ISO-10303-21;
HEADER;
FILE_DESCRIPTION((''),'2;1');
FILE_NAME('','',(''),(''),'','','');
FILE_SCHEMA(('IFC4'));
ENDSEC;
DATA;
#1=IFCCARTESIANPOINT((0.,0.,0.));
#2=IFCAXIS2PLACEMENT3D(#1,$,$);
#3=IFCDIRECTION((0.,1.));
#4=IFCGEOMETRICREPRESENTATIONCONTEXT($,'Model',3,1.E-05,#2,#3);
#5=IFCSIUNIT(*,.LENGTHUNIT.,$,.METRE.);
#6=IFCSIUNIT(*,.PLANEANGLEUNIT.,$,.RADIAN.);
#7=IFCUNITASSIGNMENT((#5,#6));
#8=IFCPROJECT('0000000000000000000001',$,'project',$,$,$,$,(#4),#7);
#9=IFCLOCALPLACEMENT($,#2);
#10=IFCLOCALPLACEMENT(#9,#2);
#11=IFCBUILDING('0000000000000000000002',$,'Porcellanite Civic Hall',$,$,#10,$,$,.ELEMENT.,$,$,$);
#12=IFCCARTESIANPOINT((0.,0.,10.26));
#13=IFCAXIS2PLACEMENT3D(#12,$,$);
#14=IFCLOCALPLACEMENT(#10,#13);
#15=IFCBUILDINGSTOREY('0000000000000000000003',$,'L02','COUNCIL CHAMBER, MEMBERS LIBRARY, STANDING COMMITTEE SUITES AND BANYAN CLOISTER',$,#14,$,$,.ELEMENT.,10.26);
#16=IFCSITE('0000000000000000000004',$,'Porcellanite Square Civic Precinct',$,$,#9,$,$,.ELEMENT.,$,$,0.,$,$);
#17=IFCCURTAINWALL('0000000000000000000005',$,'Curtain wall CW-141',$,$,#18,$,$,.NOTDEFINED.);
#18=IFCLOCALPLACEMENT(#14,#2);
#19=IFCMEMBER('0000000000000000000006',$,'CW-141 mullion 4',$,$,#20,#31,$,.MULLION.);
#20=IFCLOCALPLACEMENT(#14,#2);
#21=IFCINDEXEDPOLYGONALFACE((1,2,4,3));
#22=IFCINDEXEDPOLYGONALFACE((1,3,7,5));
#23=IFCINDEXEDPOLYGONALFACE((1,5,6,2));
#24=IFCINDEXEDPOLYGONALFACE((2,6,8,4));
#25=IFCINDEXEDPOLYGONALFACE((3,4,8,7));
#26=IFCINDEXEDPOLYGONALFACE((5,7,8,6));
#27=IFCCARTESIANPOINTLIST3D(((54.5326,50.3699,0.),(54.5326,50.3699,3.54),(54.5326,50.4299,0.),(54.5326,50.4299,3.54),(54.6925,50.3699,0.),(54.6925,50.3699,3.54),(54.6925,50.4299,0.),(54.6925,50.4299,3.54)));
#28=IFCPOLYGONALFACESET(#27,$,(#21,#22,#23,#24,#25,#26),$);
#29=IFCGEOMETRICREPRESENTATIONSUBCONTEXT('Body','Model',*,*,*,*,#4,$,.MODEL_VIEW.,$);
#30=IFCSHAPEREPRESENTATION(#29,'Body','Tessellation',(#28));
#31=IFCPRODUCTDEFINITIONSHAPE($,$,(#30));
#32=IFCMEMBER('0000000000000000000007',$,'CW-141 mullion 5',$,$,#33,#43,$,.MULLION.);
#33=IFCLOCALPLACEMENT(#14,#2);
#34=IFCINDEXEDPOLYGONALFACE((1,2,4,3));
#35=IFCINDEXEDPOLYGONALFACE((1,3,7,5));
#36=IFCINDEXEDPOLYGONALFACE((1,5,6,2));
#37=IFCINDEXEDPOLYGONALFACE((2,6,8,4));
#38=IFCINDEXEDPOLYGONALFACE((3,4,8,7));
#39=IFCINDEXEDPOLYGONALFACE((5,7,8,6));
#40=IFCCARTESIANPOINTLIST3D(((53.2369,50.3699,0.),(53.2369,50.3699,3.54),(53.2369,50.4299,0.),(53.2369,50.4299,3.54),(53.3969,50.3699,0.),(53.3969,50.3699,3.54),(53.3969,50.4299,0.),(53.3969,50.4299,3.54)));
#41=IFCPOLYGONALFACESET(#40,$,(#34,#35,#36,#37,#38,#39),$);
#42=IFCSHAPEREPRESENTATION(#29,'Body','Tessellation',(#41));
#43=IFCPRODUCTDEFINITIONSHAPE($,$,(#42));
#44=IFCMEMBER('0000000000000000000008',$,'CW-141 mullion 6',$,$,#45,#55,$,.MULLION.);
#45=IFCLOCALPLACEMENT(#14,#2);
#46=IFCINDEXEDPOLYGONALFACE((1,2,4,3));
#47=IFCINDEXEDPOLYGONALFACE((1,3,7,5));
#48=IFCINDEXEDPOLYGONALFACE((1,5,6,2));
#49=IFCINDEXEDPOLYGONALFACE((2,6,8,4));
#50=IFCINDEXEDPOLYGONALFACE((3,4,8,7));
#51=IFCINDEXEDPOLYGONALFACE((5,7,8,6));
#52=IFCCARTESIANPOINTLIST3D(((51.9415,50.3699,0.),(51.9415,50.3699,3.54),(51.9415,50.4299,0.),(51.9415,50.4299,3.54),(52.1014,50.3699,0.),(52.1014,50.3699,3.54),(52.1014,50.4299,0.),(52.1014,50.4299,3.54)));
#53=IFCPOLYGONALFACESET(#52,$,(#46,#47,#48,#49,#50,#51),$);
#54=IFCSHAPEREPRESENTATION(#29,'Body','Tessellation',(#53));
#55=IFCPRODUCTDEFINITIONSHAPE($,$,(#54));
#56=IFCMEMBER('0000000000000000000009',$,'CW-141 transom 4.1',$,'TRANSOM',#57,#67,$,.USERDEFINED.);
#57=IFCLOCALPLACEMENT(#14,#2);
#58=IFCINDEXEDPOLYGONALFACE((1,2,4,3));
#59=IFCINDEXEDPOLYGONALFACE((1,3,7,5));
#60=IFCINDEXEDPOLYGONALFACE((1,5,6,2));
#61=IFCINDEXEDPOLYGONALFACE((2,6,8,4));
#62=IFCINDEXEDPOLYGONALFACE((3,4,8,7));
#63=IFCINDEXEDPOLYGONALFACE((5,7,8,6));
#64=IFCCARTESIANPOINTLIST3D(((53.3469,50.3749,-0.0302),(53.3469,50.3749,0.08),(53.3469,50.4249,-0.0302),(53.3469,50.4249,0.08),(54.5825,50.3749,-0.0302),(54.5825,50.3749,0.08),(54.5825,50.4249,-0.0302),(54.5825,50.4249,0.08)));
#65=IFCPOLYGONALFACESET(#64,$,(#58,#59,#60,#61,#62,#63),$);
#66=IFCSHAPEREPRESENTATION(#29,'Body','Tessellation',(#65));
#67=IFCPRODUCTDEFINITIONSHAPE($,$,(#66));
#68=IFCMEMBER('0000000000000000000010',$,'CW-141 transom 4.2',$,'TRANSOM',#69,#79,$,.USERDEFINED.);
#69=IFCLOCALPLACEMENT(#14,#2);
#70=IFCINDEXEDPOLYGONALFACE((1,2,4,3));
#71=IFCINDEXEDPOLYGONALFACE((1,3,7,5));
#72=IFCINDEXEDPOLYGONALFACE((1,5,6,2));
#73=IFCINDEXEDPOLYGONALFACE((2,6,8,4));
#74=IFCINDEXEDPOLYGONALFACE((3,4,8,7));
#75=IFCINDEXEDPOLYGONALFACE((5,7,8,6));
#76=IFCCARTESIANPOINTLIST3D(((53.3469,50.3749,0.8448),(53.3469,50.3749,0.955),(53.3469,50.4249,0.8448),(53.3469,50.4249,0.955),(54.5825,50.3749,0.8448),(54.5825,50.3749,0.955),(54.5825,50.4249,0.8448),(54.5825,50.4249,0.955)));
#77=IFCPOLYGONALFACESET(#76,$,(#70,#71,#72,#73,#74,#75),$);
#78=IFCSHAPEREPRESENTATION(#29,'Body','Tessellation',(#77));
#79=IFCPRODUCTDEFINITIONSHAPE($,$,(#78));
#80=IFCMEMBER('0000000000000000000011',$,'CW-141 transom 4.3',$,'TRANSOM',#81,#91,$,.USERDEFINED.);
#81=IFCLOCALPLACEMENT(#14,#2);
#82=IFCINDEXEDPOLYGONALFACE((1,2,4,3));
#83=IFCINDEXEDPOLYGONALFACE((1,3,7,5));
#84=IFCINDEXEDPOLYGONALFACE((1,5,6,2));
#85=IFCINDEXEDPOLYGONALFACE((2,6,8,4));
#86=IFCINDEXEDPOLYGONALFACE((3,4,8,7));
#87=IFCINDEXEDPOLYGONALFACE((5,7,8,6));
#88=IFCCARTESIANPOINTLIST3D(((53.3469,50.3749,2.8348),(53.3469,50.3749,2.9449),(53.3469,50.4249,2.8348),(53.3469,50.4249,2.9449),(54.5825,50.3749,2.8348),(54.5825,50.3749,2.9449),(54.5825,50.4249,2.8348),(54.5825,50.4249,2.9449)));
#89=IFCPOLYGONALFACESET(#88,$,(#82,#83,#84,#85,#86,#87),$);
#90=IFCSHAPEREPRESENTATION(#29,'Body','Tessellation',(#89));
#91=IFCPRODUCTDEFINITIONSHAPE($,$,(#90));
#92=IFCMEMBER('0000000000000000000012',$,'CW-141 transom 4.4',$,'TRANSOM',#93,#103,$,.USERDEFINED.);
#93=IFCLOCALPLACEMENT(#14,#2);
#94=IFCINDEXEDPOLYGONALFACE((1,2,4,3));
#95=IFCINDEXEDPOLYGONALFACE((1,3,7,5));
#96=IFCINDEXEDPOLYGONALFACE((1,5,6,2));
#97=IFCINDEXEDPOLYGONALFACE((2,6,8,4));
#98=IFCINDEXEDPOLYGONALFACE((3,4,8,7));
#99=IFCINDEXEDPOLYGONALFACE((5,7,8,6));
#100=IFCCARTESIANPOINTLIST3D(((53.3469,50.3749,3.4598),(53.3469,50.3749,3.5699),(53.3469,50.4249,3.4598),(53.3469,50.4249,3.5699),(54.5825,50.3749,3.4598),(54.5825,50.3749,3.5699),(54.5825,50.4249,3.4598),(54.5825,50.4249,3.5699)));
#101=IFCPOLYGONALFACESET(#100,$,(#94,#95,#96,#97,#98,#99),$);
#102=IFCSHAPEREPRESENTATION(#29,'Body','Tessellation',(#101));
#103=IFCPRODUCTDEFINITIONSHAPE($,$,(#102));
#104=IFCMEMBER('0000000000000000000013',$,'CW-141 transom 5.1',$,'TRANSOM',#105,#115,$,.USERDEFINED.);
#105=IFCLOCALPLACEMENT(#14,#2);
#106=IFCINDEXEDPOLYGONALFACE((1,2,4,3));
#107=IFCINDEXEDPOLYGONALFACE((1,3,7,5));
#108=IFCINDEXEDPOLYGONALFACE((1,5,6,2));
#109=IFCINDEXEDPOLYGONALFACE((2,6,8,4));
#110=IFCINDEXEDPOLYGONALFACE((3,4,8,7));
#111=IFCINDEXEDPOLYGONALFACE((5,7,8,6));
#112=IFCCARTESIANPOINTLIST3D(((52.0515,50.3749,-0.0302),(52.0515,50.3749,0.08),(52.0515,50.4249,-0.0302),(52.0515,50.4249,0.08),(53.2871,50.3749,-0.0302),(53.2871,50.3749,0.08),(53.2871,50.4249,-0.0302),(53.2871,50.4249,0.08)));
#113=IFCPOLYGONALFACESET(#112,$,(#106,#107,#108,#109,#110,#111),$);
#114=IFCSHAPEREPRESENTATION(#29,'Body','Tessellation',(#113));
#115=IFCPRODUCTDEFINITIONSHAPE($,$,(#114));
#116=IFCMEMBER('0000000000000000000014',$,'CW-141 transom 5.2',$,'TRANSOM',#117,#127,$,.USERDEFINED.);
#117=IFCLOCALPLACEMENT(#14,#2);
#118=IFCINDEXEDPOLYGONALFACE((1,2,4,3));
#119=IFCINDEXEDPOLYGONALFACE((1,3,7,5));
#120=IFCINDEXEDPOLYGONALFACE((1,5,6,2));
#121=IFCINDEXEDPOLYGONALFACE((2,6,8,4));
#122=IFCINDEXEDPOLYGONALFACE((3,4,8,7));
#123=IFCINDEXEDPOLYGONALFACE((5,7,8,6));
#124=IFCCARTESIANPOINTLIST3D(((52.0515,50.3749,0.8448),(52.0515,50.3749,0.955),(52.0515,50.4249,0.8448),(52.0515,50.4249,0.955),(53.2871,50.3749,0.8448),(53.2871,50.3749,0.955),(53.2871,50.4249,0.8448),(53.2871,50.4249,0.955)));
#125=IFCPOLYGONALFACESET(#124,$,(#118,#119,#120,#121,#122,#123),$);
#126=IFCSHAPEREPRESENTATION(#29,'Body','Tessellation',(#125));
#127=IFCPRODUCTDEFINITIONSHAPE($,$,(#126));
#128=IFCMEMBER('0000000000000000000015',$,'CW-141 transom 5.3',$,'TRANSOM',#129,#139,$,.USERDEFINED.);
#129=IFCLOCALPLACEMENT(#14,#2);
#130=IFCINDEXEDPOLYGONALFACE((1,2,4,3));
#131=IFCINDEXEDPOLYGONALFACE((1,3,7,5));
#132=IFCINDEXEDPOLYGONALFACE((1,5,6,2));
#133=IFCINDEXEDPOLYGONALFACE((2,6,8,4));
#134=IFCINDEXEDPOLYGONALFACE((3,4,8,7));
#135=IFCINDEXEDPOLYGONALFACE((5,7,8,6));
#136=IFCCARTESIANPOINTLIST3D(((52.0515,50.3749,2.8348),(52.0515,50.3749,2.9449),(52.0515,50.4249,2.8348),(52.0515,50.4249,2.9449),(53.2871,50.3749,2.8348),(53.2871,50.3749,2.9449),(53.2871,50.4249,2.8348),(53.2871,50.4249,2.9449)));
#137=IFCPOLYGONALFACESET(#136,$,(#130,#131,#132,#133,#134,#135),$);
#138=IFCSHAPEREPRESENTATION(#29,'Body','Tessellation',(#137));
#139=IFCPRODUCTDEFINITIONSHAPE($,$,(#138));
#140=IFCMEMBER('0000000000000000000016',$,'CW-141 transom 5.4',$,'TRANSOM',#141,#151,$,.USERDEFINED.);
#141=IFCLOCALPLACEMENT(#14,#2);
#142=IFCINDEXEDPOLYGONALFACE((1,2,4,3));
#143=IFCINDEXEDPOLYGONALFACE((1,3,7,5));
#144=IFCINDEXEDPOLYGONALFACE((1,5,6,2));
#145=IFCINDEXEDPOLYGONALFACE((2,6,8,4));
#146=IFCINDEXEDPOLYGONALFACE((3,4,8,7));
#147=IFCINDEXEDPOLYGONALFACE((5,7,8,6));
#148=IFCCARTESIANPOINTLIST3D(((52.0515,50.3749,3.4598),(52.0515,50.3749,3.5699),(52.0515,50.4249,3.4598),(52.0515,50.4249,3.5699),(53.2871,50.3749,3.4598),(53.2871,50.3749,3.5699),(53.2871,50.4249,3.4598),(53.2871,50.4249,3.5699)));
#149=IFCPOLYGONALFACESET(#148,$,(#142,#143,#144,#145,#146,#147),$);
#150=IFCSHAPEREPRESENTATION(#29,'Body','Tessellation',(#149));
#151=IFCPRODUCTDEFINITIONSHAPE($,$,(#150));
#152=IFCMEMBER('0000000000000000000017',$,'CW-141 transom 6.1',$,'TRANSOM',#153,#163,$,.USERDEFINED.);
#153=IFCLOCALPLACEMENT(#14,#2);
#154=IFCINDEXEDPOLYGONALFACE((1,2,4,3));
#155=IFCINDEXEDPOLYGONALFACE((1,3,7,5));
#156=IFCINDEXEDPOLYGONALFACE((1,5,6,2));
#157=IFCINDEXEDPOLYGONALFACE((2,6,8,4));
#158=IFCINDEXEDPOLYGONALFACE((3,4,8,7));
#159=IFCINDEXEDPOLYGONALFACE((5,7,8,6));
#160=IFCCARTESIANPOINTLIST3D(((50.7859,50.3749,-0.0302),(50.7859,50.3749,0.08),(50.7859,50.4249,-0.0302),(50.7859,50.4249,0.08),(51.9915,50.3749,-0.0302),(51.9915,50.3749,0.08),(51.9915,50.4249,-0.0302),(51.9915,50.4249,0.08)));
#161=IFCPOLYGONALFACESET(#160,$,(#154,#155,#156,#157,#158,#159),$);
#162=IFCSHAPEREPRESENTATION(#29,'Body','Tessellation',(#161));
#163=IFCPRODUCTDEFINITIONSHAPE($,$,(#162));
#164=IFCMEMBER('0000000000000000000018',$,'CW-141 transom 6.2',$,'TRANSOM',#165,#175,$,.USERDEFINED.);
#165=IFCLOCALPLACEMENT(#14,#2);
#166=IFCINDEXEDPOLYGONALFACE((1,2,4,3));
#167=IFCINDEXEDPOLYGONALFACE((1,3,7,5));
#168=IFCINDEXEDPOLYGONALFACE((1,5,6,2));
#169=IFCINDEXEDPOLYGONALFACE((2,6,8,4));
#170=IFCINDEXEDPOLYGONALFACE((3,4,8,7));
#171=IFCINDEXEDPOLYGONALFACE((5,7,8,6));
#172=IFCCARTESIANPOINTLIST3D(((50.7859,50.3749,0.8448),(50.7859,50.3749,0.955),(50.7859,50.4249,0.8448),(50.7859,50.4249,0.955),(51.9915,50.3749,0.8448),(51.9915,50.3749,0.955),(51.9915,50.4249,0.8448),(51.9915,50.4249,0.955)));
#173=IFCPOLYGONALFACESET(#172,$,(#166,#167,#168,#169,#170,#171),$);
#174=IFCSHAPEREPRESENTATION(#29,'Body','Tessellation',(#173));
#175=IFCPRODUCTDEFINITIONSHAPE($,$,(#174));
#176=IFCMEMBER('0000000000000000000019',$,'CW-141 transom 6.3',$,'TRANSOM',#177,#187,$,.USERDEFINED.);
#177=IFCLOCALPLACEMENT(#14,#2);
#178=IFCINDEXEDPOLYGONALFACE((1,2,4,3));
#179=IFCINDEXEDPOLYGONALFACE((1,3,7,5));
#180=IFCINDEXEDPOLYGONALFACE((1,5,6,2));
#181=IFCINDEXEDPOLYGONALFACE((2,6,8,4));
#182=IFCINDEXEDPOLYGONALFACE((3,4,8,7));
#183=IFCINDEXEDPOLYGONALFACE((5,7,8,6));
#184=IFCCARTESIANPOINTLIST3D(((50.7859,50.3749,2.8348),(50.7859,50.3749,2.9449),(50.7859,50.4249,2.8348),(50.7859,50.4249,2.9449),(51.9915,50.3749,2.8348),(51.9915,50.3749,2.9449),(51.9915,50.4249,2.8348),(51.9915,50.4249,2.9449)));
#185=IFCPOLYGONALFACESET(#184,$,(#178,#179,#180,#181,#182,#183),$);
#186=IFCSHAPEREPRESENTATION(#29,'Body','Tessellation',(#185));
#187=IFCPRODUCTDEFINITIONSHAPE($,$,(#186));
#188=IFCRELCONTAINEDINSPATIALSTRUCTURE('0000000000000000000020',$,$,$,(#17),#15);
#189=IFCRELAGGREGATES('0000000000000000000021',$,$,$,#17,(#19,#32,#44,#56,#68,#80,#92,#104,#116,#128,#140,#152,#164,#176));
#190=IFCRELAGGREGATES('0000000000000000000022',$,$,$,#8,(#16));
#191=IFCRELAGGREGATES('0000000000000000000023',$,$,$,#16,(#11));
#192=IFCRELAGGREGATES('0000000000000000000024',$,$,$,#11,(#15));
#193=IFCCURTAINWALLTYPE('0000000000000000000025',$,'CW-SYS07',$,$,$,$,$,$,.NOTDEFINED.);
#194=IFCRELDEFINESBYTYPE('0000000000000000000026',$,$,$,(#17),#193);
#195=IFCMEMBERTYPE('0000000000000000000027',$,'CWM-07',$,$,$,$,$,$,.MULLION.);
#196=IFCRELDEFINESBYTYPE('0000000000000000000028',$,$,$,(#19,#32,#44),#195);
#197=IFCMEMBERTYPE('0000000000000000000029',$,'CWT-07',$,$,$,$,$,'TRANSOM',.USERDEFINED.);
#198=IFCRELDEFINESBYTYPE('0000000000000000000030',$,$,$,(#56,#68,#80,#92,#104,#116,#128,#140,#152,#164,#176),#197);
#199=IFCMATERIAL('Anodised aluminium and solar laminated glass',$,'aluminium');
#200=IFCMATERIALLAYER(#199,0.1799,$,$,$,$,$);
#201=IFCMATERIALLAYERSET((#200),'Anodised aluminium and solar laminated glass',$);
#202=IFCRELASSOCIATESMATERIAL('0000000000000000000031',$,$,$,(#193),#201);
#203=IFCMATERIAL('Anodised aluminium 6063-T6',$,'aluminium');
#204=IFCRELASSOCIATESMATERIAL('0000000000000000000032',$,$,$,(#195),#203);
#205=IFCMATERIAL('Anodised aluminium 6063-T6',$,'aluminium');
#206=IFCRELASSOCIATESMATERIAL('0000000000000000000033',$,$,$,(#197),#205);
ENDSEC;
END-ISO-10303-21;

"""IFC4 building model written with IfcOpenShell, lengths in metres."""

from ifc_helpers import new_model, si_unit, direction, frame, origin, origin_2d, place, context, subcontext, project, spatial, rectangle, extrude, material, layer, layer_set, material_profile, profile_set, type_object, element, aggregate, save


model = new_model("IFC4")

# Units and contexts
model_context = context("Model", 3, precision=1e-05, world=origin(), true_north=direction((0.0, 1.0)))
body_context = subcontext(model_context, "Body", "Model", "MODEL_VIEW")
ifc_project = project(units=[si_unit("LENGTHUNIT", "METRE"), si_unit("PLANEANGLEUNIT", "RADIAN")], contexts=[model_context])

# Site, building, storey
site_placement = place(None, origin())
site = spatial("IfcSite", under=ifc_project, at=site_placement, Name="Porcellanite Square Civic Precinct", CompositionType="ELEMENT", RefElevation=0.0)
building_placement = place(site_placement, origin())
building = spatial("IfcBuilding", under=site, at=building_placement, Name="Porcellanite Civic Hall", CompositionType="ELEMENT")
storey_placement = place(building_placement, frame((0.0, 0.0, 10.26)))
storey = spatial("IfcBuildingStorey", under=building, at=storey_placement, Name="L02", Description="COUNCIL CHAMBER, MEMBERS LIBRARY, STANDING COMMITTEE SUITES AND BANYAN CLOISTER", CompositionType="ELEMENT", Elevation=10.26)

# Curtain wall, members
ifc_material_1 = material(Name="Anodised aluminium and solar laminated glass", Category="aluminium")
ifc_layer_1 = layer(ifc_material_1, 0.1799)
ifc_layer_set_1 = layer_set([ifc_layer_1], Name="Anodised aluminium and solar laminated glass")
curtain_wall_type = type_object("IfcCurtainWallType", Name="CW-SYS07", PredefinedType="NOTDEFINED", material=ifc_layer_set_1)
curtain_wall_placement = place(storey_placement, origin())
curtain_wall = element("IfcCurtainWall", 1, at=curtain_wall_placement, inside=storey, type_object=curtain_wall_type, Name="Curtain wall CW-141", PredefinedType="NOTDEFINED")
ifc_material_2 = material(Name="Anodised aluminium 6063-T6", Category="aluminium")
ifc_material_profile_1 = material_profile(ifc_material_2, rectangle(XDim=0.0601, YDim=0.1599, at=origin_2d()), Name="AL-60x160")
ifc_profile_set_1 = profile_set([ifc_material_profile_1], Name="Anodised aluminium 6063-T6")
member_type_1 = type_object("IfcMemberType", Name="CWM-07", PredefinedType="MULLION", material=ifc_profile_set_1)
member_1_placement = place(storey_placement, frame((54.6125, 50.3999, 0.0), z_axis=(0.0, 0.0, 1.0), x_axis=(0.0, -1.0, 0.0)))
member_1 = element("IfcMember", 2, at=member_1_placement, type_object=member_type_1, Name="CW-141 mullion 4", PredefinedType="MULLION", context=body_context, shape_type="SweptSolid", body=[
    extrude(rectangle(XDim=0.0601, YDim=0.1599, at=origin_2d()), origin(), (0.0, 0.0, 1.0), 3.54),
])
member_2_placement = place(storey_placement, frame((53.3169, 50.3999, 0.0), z_axis=(0.0, 0.0, 1.0), x_axis=(0.0, -1.0, 0.0)))
member_2 = element("IfcMember", 3, at=member_2_placement, type_object=member_type_1, Name="CW-141 mullion 5", PredefinedType="MULLION", context=body_context, shape_type="SweptSolid", body=[
    extrude(rectangle(XDim=0.0601, YDim=0.1599, at=origin_2d()), origin(), (0.0, 0.0, 1.0), 3.54),
])
member_3_placement = place(storey_placement, frame((52.0215, 50.3999, 0.0), z_axis=(0.0, 0.0, 1.0), x_axis=(0.0, -1.0, 0.0)))
member_3 = element("IfcMember", 4, at=member_3_placement, type_object=member_type_1, Name="CW-141 mullion 6", PredefinedType="MULLION", context=body_context, shape_type="SweptSolid", body=[
    extrude(rectangle(XDim=0.0601, YDim=0.1599, at=origin_2d()), origin(), (0.0, 0.0, 1.0), 3.54),
])
ifc_material_3 = material(Name="Anodised aluminium 6063-T6", Category="aluminium")
ifc_material_profile_2 = material_profile(ifc_material_3, rectangle(XDim=0.05, YDim=0.1101, at=origin_2d()), Name="AL-50x110")
ifc_profile_set_2 = profile_set([ifc_material_profile_2], Name="Anodised aluminium 6063-T6")
member_type_2 = type_object("IfcMemberType", Name="CWT-07", ElementType="TRANSOM", PredefinedType="USERDEFINED", material=ifc_profile_set_2)
member_4_placement = place(storey_placement, frame((54.5825, 50.3999, 0.0249), z_axis=(-1.0, 0.0, 0.0), x_axis=(0.0, -1.0, 0.0)))
member_4 = element("IfcMember", 5, at=member_4_placement, type_object=member_type_2, Name="CW-141 transom 4.1", ObjectType="TRANSOM", PredefinedType="USERDEFINED", context=body_context, shape_type="SweptSolid", body=[
    extrude(rectangle(XDim=0.05, YDim=0.1101, at=origin_2d()), origin(), (0.0, 0.0, 1.0), 1.2356),
])
member_5_placement = place(storey_placement, frame((54.5825, 50.3999, 0.8999), z_axis=(-1.0, 0.0, 0.0), x_axis=(0.0, -1.0, 0.0)))
member_5 = element("IfcMember", 6, at=member_5_placement, type_object=member_type_2, Name="CW-141 transom 4.2", ObjectType="TRANSOM", PredefinedType="USERDEFINED", context=body_context, shape_type="SweptSolid", body=[
    extrude(rectangle(XDim=0.05, YDim=0.1101, at=origin_2d()), origin(), (0.0, 0.0, 1.0), 1.2356),
])
member_6_placement = place(storey_placement, frame((54.5825, 50.3999, 2.8899), z_axis=(-1.0, 0.0, 0.0), x_axis=(0.0, -1.0, 0.0)))
member_6 = element("IfcMember", 7, at=member_6_placement, type_object=member_type_2, Name="CW-141 transom 4.3", ObjectType="TRANSOM", PredefinedType="USERDEFINED", context=body_context, shape_type="SweptSolid", body=[
    extrude(rectangle(XDim=0.05, YDim=0.1101, at=origin_2d()), origin(), (0.0, 0.0, 1.0), 1.2356),
])
member_7_placement = place(storey_placement, frame((54.5825, 50.3999, 3.5149), z_axis=(-1.0, 0.0, 0.0), x_axis=(0.0, -1.0, 0.0)))
member_7 = element("IfcMember", 8, at=member_7_placement, type_object=member_type_2, Name="CW-141 transom 4.4", ObjectType="TRANSOM", PredefinedType="USERDEFINED", context=body_context, shape_type="SweptSolid", body=[
    extrude(rectangle(XDim=0.05, YDim=0.1101, at=origin_2d()), origin(), (0.0, 0.0, 1.0), 1.2356),
])
member_8_placement = place(storey_placement, frame((53.2871, 50.3999, 0.0249), z_axis=(-1.0, 0.0, 0.0), x_axis=(0.0, -1.0, 0.0)))
member_8 = element("IfcMember", 9, at=member_8_placement, type_object=member_type_2, Name="CW-141 transom 5.1", ObjectType="TRANSOM", PredefinedType="USERDEFINED", context=body_context, shape_type="SweptSolid", body=[
    extrude(rectangle(XDim=0.05, YDim=0.1101, at=origin_2d()), origin(), (0.0, 0.0, 1.0), 1.2356),
])
member_9_placement = place(storey_placement, frame((53.2871, 50.3999, 0.8999), z_axis=(-1.0, 0.0, 0.0), x_axis=(0.0, -1.0, 0.0)))
member_9 = element("IfcMember", 10, at=member_9_placement, type_object=member_type_2, Name="CW-141 transom 5.2", ObjectType="TRANSOM", PredefinedType="USERDEFINED", context=body_context, shape_type="SweptSolid", body=[
    extrude(rectangle(XDim=0.05, YDim=0.1101, at=origin_2d()), origin(), (0.0, 0.0, 1.0), 1.2356),
])
member_10_placement = place(storey_placement, frame((53.2871, 50.3999, 2.8899), z_axis=(-1.0, 0.0, 0.0), x_axis=(0.0, -1.0, 0.0)))
member_10 = element("IfcMember", 11, at=member_10_placement, type_object=member_type_2, Name="CW-141 transom 5.3", ObjectType="TRANSOM", PredefinedType="USERDEFINED", context=body_context, shape_type="SweptSolid", body=[
    extrude(rectangle(XDim=0.05, YDim=0.1101, at=origin_2d()), origin(), (0.0, 0.0, 1.0), 1.2356),
])
member_11_placement = place(storey_placement, frame((53.2871, 50.3999, 3.5149), z_axis=(-1.0, 0.0, 0.0), x_axis=(0.0, -1.0, 0.0)))
member_11 = element("IfcMember", 12, at=member_11_placement, type_object=member_type_2, Name="CW-141 transom 5.4", ObjectType="TRANSOM", PredefinedType="USERDEFINED", context=body_context, shape_type="SweptSolid", body=[
    extrude(rectangle(XDim=0.05, YDim=0.1101, at=origin_2d()), origin(), (0.0, 0.0, 1.0), 1.2356),
])
member_12_placement = place(storey_placement, frame((51.9915, 50.3999, 0.0249), z_axis=(-1.0, 0.0, 0.0), x_axis=(0.0, -1.0, 0.0)))
member_12 = element("IfcMember", 13, at=member_12_placement, type_object=member_type_2, Name="CW-141 transom 6.1", ObjectType="TRANSOM", PredefinedType="USERDEFINED", context=body_context, shape_type="SweptSolid", body=[
    extrude(rectangle(XDim=0.05, YDim=0.1101, at=origin_2d()), origin(), (0.0, 0.0, 1.0), 1.2056),
])
member_13_placement = place(storey_placement, frame((51.9915, 50.3999, 0.8999), z_axis=(-1.0, 0.0, 0.0), x_axis=(0.0, -1.0, 0.0)))
member_13 = element("IfcMember", 14, at=member_13_placement, type_object=member_type_2, Name="CW-141 transom 6.2", ObjectType="TRANSOM", PredefinedType="USERDEFINED", context=body_context, shape_type="SweptSolid", body=[
    extrude(rectangle(XDim=0.05, YDim=0.1101, at=origin_2d()), origin(), (0.0, 0.0, 1.0), 1.2056),
])
member_14_placement = place(storey_placement, frame((51.9915, 50.3999, 2.8899), z_axis=(-1.0, 0.0, 0.0), x_axis=(0.0, -1.0, 0.0)))
member_14 = element("IfcMember", 15, at=member_14_placement, type_object=member_type_2, Name="CW-141 transom 6.3", ObjectType="TRANSOM", PredefinedType="USERDEFINED", context=body_context, shape_type="SweptSolid", body=[
    extrude(rectangle(XDim=0.05, YDim=0.1101, at=origin_2d()), origin(), (0.0, 0.0, 1.0), 1.2056),
])
aggregate(curtain_wall, [member_1, member_2, member_3, member_4, member_5, member_6, member_7, member_8, member_9, member_10, member_11, member_12, member_13, member_14])

save(model, "model.ifc")
